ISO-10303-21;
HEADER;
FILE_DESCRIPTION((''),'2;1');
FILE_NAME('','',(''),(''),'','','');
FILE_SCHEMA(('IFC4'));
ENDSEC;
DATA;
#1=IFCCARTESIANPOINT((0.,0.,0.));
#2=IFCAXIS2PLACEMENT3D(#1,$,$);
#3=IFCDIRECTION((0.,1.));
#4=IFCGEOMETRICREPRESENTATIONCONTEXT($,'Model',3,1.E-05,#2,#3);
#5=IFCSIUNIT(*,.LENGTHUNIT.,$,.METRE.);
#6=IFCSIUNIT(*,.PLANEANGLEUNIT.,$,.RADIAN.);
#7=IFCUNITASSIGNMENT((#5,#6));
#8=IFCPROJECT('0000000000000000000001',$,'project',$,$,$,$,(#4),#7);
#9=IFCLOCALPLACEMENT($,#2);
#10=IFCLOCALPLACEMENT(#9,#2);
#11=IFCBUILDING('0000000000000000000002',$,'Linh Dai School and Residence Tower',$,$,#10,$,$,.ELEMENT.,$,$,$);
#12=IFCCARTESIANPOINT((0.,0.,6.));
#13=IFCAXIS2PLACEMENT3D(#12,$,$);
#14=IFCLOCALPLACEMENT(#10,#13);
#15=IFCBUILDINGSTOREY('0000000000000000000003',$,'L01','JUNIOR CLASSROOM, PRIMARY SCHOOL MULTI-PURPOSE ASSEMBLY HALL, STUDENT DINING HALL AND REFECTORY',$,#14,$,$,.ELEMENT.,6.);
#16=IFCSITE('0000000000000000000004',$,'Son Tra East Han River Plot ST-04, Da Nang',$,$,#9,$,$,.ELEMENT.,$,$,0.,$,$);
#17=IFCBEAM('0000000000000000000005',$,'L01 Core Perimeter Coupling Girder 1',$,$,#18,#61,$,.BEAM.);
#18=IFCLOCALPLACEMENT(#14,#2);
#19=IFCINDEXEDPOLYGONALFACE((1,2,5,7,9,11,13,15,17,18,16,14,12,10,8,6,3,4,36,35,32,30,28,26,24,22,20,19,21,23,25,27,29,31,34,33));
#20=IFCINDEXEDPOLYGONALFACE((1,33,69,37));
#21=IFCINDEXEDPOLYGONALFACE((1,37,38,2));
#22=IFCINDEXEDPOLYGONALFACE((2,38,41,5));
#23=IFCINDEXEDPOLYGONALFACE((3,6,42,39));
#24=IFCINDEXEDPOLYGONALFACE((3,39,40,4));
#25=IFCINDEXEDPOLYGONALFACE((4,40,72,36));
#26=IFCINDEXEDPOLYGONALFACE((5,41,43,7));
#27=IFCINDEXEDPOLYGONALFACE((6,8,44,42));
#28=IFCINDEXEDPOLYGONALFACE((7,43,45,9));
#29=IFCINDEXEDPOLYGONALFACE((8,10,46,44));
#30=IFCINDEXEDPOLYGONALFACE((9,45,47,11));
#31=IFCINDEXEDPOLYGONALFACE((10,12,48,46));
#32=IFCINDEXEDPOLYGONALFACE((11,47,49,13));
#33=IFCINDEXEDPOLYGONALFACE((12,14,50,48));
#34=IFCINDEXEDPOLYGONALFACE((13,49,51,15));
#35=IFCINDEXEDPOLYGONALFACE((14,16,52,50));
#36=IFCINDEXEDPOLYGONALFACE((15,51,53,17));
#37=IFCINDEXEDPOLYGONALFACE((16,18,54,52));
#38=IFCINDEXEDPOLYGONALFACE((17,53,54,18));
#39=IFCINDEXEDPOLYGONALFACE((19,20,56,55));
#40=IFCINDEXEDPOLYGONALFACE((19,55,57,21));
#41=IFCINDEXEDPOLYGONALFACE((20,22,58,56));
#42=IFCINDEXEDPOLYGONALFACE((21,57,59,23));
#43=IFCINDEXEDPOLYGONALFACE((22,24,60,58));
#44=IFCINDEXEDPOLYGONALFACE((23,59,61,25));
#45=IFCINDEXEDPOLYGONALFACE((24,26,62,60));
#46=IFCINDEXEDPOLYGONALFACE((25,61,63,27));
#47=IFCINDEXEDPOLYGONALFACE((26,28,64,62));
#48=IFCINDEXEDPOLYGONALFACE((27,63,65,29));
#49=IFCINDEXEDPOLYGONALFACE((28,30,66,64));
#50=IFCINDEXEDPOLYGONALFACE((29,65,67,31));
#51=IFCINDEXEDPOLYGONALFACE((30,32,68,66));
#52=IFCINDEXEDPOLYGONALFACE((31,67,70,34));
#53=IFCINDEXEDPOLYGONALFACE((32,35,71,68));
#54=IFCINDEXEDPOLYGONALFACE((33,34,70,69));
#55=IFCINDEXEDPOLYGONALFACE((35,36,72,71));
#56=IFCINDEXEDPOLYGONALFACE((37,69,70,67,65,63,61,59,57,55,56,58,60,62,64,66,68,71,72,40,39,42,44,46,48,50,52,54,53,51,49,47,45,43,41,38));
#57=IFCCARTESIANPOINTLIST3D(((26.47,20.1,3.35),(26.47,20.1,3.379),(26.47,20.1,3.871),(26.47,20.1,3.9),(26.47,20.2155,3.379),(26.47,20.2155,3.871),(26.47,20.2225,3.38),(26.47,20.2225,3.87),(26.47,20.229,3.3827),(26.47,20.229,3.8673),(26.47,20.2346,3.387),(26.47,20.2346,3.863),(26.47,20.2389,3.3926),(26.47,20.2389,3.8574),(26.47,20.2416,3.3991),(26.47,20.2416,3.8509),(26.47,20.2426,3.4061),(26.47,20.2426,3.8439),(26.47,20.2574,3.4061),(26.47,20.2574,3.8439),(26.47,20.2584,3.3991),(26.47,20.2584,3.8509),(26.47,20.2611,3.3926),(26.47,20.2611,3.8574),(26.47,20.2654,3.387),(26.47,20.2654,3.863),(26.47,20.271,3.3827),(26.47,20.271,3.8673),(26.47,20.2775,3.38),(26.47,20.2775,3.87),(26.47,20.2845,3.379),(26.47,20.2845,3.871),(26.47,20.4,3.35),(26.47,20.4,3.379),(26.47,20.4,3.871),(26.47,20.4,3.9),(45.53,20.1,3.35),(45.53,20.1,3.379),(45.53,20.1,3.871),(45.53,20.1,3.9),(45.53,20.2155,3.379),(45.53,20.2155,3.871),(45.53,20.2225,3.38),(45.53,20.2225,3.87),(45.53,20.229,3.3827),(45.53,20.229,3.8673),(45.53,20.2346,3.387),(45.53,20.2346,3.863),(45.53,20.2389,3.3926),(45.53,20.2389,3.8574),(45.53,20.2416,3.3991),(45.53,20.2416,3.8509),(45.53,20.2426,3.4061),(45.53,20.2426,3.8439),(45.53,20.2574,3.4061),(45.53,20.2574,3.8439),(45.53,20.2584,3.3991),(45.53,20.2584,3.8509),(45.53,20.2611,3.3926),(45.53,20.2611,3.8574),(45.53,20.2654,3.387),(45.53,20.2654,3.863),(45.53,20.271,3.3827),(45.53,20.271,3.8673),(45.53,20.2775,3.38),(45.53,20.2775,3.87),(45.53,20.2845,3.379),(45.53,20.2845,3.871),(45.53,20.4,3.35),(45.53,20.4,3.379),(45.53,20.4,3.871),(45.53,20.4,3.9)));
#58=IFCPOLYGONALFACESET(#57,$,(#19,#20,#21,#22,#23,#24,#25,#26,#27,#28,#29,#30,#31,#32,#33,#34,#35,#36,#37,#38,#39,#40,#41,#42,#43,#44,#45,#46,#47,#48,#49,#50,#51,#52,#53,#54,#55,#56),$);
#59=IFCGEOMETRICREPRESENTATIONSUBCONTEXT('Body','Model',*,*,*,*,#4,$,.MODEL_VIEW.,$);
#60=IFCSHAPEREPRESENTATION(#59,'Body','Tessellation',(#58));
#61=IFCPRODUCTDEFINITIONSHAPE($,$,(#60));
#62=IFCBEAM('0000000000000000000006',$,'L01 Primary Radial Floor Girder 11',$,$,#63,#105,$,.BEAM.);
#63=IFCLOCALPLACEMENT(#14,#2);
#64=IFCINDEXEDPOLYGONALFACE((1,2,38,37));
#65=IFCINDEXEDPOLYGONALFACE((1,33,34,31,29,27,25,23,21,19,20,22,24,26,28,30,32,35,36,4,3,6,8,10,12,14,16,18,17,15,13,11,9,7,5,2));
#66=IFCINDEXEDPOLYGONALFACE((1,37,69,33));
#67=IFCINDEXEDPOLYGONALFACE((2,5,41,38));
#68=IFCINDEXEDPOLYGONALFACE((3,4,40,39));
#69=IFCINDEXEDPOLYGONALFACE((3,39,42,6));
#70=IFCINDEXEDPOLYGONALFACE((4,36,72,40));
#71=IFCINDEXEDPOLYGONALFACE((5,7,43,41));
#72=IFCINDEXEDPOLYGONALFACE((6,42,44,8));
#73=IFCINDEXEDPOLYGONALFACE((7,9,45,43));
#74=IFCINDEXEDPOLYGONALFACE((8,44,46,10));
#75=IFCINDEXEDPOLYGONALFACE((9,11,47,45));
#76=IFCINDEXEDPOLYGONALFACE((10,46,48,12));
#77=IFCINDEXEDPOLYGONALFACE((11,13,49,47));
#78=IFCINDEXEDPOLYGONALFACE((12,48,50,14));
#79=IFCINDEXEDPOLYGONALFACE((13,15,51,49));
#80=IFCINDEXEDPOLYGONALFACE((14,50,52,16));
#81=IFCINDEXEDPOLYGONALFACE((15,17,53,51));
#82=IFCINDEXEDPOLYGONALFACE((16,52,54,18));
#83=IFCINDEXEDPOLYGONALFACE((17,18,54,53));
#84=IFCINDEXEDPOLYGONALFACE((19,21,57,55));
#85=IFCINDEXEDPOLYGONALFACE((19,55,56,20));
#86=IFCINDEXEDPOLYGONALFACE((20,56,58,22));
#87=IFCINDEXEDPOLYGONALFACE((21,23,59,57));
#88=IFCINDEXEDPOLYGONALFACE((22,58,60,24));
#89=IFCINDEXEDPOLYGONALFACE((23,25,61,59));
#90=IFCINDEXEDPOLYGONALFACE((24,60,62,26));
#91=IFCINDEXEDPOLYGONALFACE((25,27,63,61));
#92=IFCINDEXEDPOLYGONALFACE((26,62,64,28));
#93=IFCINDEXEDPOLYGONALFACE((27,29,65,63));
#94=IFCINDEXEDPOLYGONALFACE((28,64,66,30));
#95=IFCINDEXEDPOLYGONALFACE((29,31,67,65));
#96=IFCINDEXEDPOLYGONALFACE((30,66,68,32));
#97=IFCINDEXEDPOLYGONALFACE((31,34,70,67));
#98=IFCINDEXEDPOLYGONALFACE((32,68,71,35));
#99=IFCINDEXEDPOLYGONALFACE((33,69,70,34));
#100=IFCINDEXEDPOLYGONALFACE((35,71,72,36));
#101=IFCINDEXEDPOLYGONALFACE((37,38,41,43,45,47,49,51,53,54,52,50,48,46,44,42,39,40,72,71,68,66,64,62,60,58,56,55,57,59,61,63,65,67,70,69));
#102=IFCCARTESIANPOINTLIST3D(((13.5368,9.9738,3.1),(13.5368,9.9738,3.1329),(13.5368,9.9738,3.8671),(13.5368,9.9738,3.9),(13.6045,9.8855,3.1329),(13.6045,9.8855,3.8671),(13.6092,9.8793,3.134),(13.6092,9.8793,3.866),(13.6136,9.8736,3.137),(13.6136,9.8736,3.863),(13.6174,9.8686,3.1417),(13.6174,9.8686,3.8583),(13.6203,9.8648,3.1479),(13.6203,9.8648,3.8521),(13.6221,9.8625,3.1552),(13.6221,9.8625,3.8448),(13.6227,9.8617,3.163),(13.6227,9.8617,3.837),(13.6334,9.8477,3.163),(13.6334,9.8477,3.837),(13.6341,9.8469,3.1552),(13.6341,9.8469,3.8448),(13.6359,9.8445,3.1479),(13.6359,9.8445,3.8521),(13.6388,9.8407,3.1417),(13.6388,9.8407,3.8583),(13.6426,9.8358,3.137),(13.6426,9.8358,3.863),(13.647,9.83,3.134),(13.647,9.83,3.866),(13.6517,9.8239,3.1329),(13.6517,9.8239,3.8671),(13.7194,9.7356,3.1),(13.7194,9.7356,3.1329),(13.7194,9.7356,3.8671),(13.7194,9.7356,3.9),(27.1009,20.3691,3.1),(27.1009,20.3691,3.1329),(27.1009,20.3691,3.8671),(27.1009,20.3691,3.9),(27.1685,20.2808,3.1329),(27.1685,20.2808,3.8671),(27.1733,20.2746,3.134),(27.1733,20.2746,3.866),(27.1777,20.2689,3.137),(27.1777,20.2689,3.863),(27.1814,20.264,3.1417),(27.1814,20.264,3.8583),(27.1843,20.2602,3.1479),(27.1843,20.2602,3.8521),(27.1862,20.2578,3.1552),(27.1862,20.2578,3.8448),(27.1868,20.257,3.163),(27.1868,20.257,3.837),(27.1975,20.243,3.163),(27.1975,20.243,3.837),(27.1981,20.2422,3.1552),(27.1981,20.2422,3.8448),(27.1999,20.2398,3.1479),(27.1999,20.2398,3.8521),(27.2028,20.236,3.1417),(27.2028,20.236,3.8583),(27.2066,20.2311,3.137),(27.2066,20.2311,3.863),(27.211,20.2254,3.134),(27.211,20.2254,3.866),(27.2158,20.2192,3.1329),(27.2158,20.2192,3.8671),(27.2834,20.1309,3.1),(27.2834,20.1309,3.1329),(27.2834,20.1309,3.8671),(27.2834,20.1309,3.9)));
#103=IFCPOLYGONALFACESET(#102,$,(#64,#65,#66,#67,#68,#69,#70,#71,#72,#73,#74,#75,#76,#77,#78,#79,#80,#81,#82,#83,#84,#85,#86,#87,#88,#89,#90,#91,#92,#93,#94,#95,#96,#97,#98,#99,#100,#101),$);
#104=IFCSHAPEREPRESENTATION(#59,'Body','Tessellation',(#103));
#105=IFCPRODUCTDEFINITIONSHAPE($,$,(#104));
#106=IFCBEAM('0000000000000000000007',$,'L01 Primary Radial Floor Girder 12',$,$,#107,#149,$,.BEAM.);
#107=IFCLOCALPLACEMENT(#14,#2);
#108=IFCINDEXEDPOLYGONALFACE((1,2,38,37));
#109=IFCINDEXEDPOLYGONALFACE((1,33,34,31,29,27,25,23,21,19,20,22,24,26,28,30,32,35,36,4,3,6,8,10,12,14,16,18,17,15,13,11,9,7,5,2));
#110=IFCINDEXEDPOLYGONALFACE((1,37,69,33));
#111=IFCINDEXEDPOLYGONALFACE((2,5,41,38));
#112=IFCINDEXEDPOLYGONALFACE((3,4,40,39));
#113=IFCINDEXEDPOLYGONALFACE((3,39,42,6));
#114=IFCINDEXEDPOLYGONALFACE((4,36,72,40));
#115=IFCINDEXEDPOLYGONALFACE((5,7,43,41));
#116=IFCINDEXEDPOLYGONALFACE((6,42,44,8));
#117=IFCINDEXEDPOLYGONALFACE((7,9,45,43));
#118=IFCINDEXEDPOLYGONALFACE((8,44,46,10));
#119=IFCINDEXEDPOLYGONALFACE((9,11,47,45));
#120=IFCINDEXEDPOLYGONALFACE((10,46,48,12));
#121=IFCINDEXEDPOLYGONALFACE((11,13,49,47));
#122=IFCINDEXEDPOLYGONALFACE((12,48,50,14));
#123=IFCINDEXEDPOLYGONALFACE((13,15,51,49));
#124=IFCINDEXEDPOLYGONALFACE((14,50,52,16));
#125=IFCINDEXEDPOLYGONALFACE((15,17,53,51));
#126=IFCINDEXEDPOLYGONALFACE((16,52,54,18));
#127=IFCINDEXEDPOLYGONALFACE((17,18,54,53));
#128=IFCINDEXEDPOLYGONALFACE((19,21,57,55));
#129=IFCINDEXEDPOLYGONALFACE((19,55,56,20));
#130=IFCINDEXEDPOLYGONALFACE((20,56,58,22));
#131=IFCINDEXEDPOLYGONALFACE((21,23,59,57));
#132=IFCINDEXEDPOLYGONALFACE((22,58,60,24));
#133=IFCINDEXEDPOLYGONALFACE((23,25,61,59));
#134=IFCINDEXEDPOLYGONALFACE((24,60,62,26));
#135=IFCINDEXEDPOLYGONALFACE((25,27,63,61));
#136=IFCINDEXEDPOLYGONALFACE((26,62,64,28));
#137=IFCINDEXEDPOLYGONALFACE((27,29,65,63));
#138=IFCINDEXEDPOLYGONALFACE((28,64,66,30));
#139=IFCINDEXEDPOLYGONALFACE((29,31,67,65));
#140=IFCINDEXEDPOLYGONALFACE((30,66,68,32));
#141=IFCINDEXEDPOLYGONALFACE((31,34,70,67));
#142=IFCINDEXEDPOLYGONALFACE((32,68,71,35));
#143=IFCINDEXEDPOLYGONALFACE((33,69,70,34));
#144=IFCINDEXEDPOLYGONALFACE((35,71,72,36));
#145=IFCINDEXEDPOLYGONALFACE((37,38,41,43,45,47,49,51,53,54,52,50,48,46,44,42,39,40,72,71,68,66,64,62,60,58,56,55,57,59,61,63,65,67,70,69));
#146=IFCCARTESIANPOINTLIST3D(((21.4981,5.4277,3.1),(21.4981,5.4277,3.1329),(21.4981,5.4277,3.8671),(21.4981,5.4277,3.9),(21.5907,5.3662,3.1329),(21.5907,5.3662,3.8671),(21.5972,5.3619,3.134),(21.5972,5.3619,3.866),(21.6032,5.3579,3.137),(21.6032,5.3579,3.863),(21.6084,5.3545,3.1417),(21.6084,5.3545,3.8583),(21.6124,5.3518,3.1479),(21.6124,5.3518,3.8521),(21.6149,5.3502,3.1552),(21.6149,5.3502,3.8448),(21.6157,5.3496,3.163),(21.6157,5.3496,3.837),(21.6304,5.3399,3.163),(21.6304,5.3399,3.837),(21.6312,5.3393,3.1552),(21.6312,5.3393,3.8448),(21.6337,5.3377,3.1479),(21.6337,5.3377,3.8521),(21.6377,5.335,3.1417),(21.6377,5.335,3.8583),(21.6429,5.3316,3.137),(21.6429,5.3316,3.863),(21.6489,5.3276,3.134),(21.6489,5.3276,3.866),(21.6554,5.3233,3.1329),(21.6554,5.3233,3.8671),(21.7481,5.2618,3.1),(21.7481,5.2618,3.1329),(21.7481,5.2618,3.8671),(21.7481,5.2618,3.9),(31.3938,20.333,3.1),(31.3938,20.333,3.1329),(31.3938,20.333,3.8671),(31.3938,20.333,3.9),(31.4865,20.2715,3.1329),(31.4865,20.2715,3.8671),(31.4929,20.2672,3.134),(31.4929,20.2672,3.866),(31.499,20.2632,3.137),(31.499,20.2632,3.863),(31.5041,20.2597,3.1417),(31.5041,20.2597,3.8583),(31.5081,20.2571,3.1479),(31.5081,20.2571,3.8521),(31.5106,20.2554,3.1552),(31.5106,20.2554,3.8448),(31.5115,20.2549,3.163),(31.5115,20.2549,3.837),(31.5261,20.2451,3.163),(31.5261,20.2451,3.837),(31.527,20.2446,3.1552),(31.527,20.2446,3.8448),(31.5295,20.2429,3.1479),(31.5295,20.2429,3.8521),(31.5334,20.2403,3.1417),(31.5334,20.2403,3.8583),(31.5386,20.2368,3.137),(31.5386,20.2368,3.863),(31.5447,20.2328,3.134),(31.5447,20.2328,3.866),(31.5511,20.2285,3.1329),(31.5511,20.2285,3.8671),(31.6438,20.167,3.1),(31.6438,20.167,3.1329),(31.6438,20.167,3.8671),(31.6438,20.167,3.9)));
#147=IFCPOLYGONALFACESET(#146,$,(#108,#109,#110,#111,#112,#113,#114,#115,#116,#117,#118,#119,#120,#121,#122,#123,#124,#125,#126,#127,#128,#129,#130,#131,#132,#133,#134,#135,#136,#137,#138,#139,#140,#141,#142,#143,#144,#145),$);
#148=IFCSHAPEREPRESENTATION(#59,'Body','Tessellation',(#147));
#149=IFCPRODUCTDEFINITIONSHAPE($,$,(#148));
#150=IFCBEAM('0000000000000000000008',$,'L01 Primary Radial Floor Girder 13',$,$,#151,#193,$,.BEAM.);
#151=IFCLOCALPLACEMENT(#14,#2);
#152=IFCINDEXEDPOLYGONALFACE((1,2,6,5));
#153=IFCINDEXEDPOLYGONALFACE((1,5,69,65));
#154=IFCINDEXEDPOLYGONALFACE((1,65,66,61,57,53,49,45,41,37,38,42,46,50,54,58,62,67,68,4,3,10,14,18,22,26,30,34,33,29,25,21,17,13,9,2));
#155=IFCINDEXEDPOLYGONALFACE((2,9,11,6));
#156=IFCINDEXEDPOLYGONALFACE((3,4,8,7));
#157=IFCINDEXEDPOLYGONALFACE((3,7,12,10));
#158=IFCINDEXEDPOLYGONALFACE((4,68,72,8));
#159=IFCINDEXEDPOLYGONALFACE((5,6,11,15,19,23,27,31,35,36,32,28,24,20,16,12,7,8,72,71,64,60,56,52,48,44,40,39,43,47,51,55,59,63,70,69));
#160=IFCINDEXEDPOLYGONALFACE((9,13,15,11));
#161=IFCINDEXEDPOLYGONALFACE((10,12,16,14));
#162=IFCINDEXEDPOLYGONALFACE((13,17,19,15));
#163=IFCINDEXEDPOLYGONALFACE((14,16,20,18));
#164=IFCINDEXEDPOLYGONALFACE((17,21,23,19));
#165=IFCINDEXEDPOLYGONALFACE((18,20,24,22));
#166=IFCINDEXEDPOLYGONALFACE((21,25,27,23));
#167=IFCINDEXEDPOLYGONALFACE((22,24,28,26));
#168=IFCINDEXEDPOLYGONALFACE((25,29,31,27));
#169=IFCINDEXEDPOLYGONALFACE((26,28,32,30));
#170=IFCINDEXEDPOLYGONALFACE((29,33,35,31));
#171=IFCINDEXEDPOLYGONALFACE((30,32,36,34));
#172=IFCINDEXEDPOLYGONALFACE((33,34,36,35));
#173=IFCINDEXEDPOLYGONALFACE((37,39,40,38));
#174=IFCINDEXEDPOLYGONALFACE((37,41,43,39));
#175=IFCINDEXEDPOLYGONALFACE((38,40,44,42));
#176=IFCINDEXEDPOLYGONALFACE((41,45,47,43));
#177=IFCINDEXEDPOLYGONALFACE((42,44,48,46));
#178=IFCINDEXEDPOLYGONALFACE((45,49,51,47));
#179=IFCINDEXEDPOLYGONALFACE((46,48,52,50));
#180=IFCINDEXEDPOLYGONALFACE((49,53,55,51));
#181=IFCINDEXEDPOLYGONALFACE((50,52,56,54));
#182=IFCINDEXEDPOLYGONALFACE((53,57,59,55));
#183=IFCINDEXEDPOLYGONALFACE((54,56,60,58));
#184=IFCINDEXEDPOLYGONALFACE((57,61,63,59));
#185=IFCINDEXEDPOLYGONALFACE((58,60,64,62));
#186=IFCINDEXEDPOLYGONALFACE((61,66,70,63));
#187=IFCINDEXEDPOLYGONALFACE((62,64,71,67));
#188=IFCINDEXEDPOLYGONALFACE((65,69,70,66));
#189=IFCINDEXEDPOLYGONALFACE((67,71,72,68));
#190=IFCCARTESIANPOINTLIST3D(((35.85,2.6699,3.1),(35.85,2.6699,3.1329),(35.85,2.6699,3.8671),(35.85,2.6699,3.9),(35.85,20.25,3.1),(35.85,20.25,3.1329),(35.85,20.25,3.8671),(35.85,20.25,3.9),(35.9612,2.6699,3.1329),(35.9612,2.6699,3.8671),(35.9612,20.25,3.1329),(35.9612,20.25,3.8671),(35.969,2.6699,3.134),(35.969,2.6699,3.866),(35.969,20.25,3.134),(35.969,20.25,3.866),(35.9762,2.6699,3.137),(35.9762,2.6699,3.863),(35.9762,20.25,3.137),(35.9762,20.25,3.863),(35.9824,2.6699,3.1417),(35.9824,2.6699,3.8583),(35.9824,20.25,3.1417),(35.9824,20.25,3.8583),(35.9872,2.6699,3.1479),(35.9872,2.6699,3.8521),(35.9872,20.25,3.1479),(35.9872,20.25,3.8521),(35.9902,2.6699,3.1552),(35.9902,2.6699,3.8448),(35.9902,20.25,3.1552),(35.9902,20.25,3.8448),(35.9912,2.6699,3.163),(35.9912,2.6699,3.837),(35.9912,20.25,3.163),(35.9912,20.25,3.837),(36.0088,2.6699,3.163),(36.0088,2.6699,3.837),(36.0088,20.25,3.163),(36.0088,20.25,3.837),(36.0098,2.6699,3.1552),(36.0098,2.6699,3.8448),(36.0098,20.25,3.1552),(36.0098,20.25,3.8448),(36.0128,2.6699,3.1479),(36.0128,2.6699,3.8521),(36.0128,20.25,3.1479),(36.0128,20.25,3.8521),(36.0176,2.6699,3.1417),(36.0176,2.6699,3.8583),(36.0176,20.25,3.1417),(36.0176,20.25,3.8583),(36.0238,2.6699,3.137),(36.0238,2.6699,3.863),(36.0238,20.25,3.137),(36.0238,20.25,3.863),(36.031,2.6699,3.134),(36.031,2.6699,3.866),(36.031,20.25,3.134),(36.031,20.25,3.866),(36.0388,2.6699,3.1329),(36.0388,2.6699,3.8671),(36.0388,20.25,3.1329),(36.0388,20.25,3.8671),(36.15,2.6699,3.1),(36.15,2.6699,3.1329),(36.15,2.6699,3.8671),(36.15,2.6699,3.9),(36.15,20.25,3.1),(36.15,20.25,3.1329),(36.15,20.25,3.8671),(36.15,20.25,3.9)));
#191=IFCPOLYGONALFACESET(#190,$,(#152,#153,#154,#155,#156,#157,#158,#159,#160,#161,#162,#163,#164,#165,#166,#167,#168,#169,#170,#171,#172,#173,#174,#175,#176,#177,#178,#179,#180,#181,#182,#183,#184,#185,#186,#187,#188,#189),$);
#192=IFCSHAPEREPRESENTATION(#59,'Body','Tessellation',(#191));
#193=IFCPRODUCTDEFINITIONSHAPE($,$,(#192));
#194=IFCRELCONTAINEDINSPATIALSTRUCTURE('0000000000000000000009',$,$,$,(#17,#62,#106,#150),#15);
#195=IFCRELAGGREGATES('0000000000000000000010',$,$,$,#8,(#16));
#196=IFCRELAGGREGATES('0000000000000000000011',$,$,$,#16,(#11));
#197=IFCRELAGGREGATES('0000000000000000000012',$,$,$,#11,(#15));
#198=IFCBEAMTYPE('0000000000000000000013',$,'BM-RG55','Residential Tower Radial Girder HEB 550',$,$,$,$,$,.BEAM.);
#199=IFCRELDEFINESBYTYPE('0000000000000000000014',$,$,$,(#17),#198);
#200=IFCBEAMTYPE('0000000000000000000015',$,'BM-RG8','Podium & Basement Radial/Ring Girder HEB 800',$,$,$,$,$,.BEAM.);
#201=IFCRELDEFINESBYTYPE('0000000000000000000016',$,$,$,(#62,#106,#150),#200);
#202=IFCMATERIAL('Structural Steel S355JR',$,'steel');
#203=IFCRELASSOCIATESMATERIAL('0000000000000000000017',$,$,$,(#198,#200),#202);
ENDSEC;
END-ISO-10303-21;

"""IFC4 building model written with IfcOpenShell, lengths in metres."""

from ifc_helpers import new_model, si_unit, direction, frame, origin, origin_2d, place, context, subcontext, project, spatial, i_section, extrude, material, material_profile, profile_set, type_object, element, save


model = new_model("IFC4")

# Units and contexts
model_context = context("Model", 3, precision=1e-05, world=origin(), true_north=direction((0.0, 1.0)))
body_context = subcontext(model_context, "Body", "Model", "MODEL_VIEW")
ifc_project = project(units=[si_unit("LENGTHUNIT", "METRE"), si_unit("PLANEANGLEUNIT", "RADIAN")], contexts=[model_context])

# Site, building, storey
site_placement = place(None, origin())
site = spatial("IfcSite", under=ifc_project, at=site_placement, Name="Son Tra East Han River Plot ST-04, Da Nang", CompositionType="ELEMENT", RefElevation=0.0)
building_placement = place(site_placement, origin())
building = spatial("IfcBuilding", under=site, at=building_placement, Name="Linh Dai School and Residence Tower", CompositionType="ELEMENT")
storey_placement = place(building_placement, frame((0.0, 0.0, 6.0)))
storey = spatial("IfcBuildingStorey", under=building, at=storey_placement, Name="L01", Description="JUNIOR CLASSROOM, PRIMARY SCHOOL MULTI-PURPOSE ASSEMBLY HALL, STUDENT DINING HALL AND REFECTORY", CompositionType="ELEMENT", Elevation=6.0)

# Shared definitions
ifc_material_1 = material(Name="Structural Steel S355JR", Category="steel")

# Beams
ifc_material_profile_1 = material_profile(ifc_material_1, i_section(OverallWidth=0.3, OverallDepth=0.55, WebThickness=0.0149, FlangeThickness=0.0291, FilletRadius=0.0271, at=origin_2d()), Name="HEB 550")
ifc_profile_set_1 = profile_set([ifc_material_profile_1], Name="Structural Steel S355JR")
beam_type_1 = type_object("IfcBeamType", Name="BM-RG55", Description="Residential Tower Radial Girder HEB 550", PredefinedType="BEAM", material=ifc_profile_set_1)
beam_1_placement = place(storey_placement, frame((26.47, 20.25, 3.625), z_axis=(1.0, 0.0, 0.0), x_axis=(0.0, 1.0, 0.0)))
element("IfcBeam", 1, at=beam_1_placement, inside=storey, type_object=beam_type_1, Name="L01 Core Perimeter Coupling Girder 1", PredefinedType="BEAM", context=body_context, shape_type="SweptSolid", body=[
    extrude(i_section(OverallWidth=0.3, OverallDepth=0.55, WebThickness=0.0149, FlangeThickness=0.0291, FilletRadius=0.0271, at=origin_2d()), origin(), (0.0, 0.0, 1.0), 19.0601),
])
ifc_material_profile_2 = material_profile(ifc_material_1, i_section(OverallWidth=0.3, OverallDepth=0.8, WebThickness=0.0176, FlangeThickness=0.033, FilletRadius=0.03, at=origin_2d()), Name="HEB 800")
ifc_profile_set_2 = profile_set([ifc_material_profile_2], Name="Structural Steel S355JR")
beam_type_2 = type_object("IfcBeamType", Name="BM-RG8", Description="Podium & Basement Radial/Ring Girder HEB 800", PredefinedType="BEAM", material=ifc_profile_set_2)
beam_2_placement = place(storey_placement, frame((27.1921, 20.25, 3.5), z_axis=(-0.793713, -0.608292, 0.0), x_axis=(0.608292, -0.793713, 0.0)))
element("IfcBeam", 2, at=beam_2_placement, inside=storey, type_object=beam_type_2, Name="L01 Primary Radial Floor Girder 11", PredefinedType="BEAM", context=body_context, shape_type="SweptSolid", body=[
    extrude(i_section(OverallWidth=0.3, OverallDepth=0.8, WebThickness=0.0176, FlangeThickness=0.033, FilletRadius=0.03, at=origin_2d()), origin(), (0.0, 0.0, 1.0), 17.0894),
])
beam_3_placement = place(storey_placement, frame((31.5188, 20.25, 3.5), z_axis=(-0.553109, -0.833109, 0.0), x_axis=(0.833109, -0.553109, 0.0)))
element("IfcBeam", 3, at=beam_3_placement, inside=storey, type_object=beam_type_2, Name="L01 Primary Radial Floor Girder 12", PredefinedType="BEAM", context=body_context, shape_type="SweptSolid", body=[
    extrude(i_section(OverallWidth=0.3, OverallDepth=0.8, WebThickness=0.0176, FlangeThickness=0.033, FilletRadius=0.03, at=origin_2d()), origin(), (0.0, 0.0, 1.0), 17.8911),
])
beam_4_placement = place(storey_placement, frame((36.0, 20.25, 3.5), z_axis=(0.0, -1.0, 0.0), x_axis=(1.0, 0.0, 0.0)))
element("IfcBeam", 4, at=beam_4_placement, inside=storey, type_object=beam_type_2, Name="L01 Primary Radial Floor Girder 13", PredefinedType="BEAM", context=body_context, shape_type="SweptSolid", body=[
    extrude(i_section(OverallWidth=0.3, OverallDepth=0.8, WebThickness=0.0176, FlangeThickness=0.033, FilletRadius=0.03, at=origin_2d()), origin(), (0.0, 0.0, 1.0), 17.5801),
])

save(model, "model.ifc")
